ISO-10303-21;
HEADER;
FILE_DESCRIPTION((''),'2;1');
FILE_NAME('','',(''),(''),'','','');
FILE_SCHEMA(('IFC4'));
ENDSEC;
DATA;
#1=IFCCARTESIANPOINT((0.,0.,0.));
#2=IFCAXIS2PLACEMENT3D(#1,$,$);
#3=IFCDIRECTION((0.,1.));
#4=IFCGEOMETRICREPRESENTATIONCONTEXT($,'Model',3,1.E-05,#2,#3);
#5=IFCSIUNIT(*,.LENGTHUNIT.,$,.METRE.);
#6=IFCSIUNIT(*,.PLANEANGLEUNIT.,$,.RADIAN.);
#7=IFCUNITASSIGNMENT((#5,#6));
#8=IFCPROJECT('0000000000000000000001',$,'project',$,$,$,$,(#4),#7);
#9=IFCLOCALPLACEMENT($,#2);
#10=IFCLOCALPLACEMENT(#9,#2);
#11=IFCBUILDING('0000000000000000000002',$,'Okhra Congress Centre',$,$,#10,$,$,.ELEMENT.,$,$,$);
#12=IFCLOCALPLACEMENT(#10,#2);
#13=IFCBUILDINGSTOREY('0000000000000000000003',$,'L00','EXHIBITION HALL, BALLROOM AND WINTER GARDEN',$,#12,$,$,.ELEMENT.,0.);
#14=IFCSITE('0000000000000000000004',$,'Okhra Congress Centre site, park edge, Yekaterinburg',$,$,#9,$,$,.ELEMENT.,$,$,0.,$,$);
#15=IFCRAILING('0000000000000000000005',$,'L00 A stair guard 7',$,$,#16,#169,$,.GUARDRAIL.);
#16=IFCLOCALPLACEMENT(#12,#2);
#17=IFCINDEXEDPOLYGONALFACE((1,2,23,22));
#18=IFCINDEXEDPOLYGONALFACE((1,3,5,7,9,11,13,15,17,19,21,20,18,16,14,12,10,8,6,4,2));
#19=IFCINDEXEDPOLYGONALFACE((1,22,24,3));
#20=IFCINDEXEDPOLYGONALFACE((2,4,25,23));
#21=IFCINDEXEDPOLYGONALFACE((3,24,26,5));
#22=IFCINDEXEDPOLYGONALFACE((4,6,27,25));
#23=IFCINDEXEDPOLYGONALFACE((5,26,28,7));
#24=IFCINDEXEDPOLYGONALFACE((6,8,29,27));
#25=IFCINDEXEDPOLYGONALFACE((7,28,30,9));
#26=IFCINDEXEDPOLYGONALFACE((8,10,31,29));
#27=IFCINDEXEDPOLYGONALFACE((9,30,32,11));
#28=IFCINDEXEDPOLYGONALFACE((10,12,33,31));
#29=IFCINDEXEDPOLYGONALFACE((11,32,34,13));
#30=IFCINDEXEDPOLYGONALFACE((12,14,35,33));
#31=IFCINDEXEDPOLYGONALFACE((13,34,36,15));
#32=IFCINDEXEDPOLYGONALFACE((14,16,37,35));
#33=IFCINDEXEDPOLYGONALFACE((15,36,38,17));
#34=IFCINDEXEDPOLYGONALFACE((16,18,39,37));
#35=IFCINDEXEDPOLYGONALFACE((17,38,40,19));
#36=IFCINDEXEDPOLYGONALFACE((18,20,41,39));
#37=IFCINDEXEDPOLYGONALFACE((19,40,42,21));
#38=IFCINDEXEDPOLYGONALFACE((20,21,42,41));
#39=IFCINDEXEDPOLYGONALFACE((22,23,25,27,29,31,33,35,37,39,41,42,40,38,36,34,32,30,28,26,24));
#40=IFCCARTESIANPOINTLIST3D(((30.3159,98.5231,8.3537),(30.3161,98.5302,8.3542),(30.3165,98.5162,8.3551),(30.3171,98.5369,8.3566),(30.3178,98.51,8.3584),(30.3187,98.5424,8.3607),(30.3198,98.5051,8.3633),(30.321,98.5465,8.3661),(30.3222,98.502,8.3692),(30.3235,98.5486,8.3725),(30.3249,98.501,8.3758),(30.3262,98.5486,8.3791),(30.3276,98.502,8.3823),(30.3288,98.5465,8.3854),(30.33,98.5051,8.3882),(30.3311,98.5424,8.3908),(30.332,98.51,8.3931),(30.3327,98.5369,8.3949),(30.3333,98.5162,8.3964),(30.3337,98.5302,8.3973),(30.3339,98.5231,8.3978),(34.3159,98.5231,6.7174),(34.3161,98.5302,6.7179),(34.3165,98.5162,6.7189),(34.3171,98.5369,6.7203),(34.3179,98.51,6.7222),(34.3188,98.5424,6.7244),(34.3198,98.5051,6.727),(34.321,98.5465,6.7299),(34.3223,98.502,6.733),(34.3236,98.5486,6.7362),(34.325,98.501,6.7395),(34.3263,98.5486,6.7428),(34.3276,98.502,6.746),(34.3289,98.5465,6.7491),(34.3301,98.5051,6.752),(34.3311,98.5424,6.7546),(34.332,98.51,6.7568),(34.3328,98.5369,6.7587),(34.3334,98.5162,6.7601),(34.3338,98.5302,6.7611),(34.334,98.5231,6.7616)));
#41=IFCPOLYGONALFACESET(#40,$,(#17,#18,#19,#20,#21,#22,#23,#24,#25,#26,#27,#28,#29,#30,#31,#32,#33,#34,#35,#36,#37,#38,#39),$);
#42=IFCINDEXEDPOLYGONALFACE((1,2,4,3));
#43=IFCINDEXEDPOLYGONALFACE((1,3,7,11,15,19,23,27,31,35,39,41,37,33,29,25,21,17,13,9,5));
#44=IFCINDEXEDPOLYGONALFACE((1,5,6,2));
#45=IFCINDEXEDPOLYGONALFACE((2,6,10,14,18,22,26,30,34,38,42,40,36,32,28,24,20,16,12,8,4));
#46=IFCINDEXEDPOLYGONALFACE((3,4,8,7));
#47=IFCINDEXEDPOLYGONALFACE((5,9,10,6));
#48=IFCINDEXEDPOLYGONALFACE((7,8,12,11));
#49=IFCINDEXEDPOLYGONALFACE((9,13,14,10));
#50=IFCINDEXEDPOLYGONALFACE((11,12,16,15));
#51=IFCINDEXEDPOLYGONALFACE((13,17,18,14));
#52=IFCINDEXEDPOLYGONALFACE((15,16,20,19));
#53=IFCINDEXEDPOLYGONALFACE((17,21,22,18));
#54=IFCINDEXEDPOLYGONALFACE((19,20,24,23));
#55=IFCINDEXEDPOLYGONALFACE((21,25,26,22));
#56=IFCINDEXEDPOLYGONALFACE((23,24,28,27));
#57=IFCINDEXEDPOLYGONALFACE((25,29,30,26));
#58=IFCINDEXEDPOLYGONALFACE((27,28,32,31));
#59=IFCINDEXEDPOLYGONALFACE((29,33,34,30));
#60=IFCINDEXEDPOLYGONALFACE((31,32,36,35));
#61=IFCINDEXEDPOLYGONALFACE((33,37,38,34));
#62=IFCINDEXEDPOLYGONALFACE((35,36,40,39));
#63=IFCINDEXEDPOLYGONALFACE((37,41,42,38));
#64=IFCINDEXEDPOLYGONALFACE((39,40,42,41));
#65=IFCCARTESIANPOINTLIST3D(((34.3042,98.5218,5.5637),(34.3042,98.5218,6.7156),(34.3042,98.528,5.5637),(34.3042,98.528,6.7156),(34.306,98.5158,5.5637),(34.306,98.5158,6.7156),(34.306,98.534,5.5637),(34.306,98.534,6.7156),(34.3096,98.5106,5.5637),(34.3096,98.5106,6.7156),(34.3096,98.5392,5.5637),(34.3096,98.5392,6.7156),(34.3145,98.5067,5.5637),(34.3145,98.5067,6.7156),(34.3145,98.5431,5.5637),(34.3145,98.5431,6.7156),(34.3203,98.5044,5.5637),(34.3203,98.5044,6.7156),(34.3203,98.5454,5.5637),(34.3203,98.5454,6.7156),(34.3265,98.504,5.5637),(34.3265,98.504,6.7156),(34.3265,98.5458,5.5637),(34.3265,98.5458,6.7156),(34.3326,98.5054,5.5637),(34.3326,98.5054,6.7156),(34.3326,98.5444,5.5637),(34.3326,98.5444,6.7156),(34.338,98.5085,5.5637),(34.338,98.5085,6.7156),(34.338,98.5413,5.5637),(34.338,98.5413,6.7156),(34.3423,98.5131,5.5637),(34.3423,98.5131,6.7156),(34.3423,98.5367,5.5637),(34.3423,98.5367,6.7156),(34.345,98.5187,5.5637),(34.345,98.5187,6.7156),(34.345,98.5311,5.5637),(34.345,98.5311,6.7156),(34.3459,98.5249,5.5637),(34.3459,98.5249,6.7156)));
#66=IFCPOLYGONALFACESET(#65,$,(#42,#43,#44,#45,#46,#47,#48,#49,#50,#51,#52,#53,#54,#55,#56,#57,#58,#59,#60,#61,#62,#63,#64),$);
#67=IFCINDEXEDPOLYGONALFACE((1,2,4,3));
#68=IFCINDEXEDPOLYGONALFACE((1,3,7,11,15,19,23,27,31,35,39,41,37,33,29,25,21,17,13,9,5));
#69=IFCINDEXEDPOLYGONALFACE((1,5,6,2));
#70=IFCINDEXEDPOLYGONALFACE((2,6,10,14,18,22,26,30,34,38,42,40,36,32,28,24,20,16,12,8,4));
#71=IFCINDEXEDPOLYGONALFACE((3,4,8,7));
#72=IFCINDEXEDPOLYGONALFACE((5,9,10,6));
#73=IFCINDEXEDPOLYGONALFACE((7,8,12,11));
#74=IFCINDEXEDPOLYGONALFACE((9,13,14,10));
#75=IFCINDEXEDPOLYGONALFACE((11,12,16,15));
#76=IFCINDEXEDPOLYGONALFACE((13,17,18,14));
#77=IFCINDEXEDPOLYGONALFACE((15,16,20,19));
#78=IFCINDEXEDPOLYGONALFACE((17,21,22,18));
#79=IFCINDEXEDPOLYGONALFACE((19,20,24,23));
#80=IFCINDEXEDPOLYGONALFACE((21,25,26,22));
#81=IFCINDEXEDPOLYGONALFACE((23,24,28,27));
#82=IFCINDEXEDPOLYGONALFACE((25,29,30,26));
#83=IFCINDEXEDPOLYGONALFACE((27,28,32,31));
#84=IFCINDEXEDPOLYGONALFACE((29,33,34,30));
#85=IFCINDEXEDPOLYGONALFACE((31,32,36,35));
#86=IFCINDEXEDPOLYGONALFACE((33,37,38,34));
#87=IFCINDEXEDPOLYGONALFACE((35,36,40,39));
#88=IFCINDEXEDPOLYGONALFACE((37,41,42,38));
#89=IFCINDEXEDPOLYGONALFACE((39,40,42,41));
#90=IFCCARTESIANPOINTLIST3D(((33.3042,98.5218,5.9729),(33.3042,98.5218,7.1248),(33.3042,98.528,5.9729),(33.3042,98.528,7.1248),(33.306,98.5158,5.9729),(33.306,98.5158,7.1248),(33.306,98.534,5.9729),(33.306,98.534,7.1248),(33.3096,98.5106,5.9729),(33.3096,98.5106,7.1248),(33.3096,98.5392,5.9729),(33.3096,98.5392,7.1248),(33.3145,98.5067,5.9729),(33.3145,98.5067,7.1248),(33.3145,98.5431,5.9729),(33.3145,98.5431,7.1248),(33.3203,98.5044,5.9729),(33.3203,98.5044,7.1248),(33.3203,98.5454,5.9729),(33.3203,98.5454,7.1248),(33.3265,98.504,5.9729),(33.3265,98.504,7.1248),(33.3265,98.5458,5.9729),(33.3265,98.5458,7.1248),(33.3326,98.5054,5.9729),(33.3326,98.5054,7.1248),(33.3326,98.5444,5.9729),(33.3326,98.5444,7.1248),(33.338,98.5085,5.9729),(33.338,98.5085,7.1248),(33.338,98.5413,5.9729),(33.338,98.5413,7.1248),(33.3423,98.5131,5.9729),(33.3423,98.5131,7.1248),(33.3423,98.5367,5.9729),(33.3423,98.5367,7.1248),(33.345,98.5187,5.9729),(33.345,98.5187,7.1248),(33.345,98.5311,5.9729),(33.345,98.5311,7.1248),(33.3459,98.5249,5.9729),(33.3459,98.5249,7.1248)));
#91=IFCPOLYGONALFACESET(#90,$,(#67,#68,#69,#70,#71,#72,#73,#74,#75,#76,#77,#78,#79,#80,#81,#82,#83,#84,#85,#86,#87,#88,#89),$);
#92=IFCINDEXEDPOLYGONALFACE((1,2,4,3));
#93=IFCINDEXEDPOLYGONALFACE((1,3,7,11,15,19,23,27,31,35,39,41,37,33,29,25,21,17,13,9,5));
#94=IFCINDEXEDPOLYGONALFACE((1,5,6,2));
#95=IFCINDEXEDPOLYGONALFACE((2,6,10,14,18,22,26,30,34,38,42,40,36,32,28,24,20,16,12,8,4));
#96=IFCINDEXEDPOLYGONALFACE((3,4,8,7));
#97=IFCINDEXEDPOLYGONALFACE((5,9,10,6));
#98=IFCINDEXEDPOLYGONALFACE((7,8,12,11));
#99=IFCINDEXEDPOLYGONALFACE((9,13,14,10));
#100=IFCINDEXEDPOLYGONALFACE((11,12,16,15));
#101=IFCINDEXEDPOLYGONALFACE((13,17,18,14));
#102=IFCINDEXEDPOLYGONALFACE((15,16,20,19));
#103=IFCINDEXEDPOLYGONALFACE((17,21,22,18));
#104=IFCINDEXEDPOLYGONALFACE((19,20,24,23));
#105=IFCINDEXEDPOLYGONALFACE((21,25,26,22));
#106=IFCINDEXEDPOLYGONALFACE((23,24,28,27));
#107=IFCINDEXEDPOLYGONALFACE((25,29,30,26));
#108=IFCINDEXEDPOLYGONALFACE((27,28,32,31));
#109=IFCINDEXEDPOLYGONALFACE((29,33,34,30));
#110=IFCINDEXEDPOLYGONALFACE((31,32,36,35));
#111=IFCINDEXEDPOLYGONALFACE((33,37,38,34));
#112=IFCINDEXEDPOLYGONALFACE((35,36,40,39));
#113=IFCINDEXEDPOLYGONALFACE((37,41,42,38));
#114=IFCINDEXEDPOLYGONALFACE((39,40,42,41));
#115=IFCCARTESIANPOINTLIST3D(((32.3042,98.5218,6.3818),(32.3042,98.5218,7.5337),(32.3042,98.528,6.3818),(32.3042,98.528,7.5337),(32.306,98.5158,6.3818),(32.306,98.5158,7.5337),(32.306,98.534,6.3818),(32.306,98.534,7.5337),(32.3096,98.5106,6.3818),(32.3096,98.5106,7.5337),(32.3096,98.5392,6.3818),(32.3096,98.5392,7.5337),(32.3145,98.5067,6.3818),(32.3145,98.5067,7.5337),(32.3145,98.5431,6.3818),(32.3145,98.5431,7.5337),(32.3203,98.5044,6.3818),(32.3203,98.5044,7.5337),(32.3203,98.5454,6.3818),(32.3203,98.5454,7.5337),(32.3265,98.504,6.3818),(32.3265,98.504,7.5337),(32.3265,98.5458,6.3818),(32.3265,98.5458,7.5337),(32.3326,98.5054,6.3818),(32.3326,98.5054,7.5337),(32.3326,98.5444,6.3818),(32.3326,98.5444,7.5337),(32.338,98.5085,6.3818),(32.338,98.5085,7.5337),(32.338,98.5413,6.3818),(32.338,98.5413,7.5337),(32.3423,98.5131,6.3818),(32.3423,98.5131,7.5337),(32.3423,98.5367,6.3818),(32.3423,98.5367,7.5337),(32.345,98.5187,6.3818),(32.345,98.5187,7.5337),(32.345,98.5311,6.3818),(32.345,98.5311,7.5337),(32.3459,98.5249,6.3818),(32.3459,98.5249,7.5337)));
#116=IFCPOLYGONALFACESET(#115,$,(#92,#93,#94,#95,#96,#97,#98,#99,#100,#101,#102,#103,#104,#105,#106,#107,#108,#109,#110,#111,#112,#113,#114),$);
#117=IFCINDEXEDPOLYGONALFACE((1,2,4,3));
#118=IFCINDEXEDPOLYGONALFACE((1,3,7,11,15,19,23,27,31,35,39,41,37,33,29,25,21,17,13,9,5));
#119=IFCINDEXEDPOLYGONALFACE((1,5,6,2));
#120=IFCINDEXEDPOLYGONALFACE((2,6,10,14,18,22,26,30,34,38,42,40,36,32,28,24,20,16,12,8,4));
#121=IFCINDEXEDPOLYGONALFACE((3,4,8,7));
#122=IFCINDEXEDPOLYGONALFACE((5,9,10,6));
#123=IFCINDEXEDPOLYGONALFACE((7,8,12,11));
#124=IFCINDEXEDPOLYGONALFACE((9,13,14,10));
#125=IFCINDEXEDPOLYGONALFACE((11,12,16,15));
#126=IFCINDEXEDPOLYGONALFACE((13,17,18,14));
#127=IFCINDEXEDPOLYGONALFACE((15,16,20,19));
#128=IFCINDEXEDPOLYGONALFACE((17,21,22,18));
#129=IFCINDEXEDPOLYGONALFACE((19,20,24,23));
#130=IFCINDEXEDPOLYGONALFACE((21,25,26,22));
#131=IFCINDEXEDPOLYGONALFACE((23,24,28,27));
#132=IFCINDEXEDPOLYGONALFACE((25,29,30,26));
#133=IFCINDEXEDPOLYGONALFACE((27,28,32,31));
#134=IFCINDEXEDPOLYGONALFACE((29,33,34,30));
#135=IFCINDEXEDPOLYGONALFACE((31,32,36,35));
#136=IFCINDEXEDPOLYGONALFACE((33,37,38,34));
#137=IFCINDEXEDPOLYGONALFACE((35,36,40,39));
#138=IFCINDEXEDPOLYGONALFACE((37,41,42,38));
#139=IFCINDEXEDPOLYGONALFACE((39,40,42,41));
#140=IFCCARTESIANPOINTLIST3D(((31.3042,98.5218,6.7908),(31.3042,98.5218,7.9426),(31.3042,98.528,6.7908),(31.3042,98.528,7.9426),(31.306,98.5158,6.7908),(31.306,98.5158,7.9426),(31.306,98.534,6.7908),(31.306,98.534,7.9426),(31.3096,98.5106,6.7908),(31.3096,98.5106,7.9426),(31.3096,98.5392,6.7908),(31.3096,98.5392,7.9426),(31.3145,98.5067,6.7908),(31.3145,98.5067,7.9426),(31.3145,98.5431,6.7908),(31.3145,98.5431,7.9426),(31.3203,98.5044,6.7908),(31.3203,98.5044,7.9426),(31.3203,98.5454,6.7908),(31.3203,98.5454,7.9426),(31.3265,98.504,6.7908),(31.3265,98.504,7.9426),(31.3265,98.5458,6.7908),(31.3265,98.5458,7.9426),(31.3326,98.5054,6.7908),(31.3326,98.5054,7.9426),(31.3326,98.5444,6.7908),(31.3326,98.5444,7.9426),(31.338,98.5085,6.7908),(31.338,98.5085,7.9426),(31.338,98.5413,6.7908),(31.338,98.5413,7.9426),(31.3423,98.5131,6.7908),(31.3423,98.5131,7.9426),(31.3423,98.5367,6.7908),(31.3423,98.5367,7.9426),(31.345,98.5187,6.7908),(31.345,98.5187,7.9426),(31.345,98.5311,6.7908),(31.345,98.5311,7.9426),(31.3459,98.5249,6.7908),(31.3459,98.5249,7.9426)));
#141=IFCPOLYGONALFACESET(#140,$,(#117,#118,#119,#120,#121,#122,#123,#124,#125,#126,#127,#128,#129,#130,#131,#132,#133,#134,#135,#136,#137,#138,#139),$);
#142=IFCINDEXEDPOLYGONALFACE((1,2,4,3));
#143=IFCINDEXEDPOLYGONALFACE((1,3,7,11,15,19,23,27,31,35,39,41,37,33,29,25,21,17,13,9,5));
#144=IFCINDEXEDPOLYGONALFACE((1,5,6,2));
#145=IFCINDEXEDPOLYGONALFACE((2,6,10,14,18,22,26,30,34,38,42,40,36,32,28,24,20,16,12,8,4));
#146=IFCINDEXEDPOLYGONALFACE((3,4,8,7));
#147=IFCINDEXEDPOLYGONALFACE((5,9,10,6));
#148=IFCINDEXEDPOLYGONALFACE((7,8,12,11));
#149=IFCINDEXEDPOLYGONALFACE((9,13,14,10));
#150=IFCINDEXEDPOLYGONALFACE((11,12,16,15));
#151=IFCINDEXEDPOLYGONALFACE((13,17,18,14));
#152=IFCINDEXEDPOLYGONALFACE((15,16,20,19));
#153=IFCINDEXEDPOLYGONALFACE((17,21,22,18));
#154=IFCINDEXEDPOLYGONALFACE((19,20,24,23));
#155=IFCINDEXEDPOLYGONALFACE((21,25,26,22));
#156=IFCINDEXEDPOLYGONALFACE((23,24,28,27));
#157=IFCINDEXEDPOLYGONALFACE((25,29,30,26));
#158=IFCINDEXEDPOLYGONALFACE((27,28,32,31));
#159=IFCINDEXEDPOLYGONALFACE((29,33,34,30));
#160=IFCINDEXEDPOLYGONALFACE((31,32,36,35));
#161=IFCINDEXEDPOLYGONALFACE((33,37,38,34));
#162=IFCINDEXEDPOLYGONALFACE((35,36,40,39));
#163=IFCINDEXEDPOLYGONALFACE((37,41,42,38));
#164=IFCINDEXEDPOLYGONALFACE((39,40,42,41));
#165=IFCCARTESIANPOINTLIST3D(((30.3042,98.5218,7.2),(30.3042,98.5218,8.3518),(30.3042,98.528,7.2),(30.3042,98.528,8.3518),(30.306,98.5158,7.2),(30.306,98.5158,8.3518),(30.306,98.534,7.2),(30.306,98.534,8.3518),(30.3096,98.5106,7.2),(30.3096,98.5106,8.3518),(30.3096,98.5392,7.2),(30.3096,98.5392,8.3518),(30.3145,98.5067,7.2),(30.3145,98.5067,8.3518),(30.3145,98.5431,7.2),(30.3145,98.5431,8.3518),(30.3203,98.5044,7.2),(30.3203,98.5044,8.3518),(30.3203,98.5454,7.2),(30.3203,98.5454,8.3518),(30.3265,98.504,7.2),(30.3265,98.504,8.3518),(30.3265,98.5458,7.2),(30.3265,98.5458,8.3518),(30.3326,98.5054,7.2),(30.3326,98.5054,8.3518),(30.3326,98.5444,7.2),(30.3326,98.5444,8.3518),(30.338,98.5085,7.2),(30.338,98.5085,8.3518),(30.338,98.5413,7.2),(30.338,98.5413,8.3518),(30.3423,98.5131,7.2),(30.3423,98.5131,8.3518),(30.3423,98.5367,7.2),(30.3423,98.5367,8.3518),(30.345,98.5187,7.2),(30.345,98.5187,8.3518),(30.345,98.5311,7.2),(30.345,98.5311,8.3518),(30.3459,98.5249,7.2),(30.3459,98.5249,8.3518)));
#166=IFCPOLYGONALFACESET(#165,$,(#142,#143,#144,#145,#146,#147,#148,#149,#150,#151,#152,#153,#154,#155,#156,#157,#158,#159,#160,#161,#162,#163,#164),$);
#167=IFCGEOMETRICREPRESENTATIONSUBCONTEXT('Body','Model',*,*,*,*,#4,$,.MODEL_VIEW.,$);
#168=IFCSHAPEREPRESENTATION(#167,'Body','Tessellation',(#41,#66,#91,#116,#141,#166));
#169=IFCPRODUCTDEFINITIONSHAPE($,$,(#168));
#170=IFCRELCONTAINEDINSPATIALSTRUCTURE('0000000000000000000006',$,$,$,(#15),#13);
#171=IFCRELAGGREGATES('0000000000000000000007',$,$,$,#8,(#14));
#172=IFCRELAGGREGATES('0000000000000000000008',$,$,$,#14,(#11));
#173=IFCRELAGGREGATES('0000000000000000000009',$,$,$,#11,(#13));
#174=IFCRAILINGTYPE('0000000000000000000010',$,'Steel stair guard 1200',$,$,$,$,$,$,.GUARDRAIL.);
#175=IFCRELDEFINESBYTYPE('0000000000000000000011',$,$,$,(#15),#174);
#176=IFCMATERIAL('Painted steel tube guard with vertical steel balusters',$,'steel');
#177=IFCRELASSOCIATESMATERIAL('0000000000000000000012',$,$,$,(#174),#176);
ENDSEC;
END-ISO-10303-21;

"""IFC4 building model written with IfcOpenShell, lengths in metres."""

from ifc_helpers import new_model, si_unit, direction, frame, origin, origin_2d, place, context, subcontext, project, spatial, circle, extrude, material, type_object, element, save


model = new_model("IFC4")

# Units and contexts
model_context = context("Model", 3, precision=1e-05, world=origin(), true_north=direction((0.0, 1.0)))
body_context = subcontext(model_context, "Body", "Model", "MODEL_VIEW")
ifc_project = project(units=[si_unit("LENGTHUNIT", "METRE"), si_unit("PLANEANGLEUNIT", "RADIAN")], contexts=[model_context])

# Site, building, storey
site_placement = place(None, origin())
site = spatial("IfcSite", under=ifc_project, at=site_placement, Name="Okhra Congress Centre site, park edge, Yekaterinburg", CompositionType="ELEMENT", RefElevation=0.0)
building_placement = place(site_placement, origin())
building = spatial("IfcBuilding", under=site, at=building_placement, Name="Okhra Congress Centre", CompositionType="ELEMENT")
storey_placement = place(building_placement, origin())
storey = spatial("IfcBuildingStorey", under=building, at=storey_placement, Name="L00", Description="EXHIBITION HALL, BALLROOM AND WINTER GARDEN", CompositionType="ELEMENT", Elevation=0.0)

# Railing
ifc_material_1 = material(Name="Painted steel tube guard with vertical steel balusters", Category="steel")
railing_type_1 = type_object("IfcRailingType", Name="Steel stair guard 1200", PredefinedType="GUARDRAIL", material=ifc_material_1)
railing_1_placement = place(storey_placement, frame((34.325, 98.5249, 5.5637)))
element("IfcRailing", 1, at=railing_1_placement, inside=storey, type_object=railing_type_1, Name="L00 A stair guard 7", PredefinedType="GUARDRAIL", context=body_context, shape_type="SweptSolid", body=[
    extrude(circle(Radius=0.0239, at=origin_2d()), frame((0.0, 0.0, 1.1758), z_axis=(-0.925558, 0.0, 0.378606), x_axis=(0.0, -1.0, 0.0)), (0.0, 0.0, 1.0), 4.3218),
    extrude(circle(Radius=0.021, at=origin_2d()), origin(), (0.0, 0.0, 1.0), 1.1519),
    extrude(circle(Radius=0.021, at=origin_2d()), frame((-1.0, 0.0, 0.4092)), (0.0, 0.0, 1.0), 1.1519),
    extrude(circle(Radius=0.021, at=origin_2d()), frame((-2.0, 0.0, 0.8181)), (0.0, 0.0, 1.0), 1.1519),
    extrude(circle(Radius=0.021, at=origin_2d()), frame((-3.0, 0.0, 1.2271)), (0.0, 0.0, 1.0), 1.1519),
    extrude(circle(Radius=0.021, at=origin_2d()), frame((-4.0, 0.0, 1.6362)), (0.0, 0.0, 1.0), 1.1519),
])

save(model, "model.ifc")
